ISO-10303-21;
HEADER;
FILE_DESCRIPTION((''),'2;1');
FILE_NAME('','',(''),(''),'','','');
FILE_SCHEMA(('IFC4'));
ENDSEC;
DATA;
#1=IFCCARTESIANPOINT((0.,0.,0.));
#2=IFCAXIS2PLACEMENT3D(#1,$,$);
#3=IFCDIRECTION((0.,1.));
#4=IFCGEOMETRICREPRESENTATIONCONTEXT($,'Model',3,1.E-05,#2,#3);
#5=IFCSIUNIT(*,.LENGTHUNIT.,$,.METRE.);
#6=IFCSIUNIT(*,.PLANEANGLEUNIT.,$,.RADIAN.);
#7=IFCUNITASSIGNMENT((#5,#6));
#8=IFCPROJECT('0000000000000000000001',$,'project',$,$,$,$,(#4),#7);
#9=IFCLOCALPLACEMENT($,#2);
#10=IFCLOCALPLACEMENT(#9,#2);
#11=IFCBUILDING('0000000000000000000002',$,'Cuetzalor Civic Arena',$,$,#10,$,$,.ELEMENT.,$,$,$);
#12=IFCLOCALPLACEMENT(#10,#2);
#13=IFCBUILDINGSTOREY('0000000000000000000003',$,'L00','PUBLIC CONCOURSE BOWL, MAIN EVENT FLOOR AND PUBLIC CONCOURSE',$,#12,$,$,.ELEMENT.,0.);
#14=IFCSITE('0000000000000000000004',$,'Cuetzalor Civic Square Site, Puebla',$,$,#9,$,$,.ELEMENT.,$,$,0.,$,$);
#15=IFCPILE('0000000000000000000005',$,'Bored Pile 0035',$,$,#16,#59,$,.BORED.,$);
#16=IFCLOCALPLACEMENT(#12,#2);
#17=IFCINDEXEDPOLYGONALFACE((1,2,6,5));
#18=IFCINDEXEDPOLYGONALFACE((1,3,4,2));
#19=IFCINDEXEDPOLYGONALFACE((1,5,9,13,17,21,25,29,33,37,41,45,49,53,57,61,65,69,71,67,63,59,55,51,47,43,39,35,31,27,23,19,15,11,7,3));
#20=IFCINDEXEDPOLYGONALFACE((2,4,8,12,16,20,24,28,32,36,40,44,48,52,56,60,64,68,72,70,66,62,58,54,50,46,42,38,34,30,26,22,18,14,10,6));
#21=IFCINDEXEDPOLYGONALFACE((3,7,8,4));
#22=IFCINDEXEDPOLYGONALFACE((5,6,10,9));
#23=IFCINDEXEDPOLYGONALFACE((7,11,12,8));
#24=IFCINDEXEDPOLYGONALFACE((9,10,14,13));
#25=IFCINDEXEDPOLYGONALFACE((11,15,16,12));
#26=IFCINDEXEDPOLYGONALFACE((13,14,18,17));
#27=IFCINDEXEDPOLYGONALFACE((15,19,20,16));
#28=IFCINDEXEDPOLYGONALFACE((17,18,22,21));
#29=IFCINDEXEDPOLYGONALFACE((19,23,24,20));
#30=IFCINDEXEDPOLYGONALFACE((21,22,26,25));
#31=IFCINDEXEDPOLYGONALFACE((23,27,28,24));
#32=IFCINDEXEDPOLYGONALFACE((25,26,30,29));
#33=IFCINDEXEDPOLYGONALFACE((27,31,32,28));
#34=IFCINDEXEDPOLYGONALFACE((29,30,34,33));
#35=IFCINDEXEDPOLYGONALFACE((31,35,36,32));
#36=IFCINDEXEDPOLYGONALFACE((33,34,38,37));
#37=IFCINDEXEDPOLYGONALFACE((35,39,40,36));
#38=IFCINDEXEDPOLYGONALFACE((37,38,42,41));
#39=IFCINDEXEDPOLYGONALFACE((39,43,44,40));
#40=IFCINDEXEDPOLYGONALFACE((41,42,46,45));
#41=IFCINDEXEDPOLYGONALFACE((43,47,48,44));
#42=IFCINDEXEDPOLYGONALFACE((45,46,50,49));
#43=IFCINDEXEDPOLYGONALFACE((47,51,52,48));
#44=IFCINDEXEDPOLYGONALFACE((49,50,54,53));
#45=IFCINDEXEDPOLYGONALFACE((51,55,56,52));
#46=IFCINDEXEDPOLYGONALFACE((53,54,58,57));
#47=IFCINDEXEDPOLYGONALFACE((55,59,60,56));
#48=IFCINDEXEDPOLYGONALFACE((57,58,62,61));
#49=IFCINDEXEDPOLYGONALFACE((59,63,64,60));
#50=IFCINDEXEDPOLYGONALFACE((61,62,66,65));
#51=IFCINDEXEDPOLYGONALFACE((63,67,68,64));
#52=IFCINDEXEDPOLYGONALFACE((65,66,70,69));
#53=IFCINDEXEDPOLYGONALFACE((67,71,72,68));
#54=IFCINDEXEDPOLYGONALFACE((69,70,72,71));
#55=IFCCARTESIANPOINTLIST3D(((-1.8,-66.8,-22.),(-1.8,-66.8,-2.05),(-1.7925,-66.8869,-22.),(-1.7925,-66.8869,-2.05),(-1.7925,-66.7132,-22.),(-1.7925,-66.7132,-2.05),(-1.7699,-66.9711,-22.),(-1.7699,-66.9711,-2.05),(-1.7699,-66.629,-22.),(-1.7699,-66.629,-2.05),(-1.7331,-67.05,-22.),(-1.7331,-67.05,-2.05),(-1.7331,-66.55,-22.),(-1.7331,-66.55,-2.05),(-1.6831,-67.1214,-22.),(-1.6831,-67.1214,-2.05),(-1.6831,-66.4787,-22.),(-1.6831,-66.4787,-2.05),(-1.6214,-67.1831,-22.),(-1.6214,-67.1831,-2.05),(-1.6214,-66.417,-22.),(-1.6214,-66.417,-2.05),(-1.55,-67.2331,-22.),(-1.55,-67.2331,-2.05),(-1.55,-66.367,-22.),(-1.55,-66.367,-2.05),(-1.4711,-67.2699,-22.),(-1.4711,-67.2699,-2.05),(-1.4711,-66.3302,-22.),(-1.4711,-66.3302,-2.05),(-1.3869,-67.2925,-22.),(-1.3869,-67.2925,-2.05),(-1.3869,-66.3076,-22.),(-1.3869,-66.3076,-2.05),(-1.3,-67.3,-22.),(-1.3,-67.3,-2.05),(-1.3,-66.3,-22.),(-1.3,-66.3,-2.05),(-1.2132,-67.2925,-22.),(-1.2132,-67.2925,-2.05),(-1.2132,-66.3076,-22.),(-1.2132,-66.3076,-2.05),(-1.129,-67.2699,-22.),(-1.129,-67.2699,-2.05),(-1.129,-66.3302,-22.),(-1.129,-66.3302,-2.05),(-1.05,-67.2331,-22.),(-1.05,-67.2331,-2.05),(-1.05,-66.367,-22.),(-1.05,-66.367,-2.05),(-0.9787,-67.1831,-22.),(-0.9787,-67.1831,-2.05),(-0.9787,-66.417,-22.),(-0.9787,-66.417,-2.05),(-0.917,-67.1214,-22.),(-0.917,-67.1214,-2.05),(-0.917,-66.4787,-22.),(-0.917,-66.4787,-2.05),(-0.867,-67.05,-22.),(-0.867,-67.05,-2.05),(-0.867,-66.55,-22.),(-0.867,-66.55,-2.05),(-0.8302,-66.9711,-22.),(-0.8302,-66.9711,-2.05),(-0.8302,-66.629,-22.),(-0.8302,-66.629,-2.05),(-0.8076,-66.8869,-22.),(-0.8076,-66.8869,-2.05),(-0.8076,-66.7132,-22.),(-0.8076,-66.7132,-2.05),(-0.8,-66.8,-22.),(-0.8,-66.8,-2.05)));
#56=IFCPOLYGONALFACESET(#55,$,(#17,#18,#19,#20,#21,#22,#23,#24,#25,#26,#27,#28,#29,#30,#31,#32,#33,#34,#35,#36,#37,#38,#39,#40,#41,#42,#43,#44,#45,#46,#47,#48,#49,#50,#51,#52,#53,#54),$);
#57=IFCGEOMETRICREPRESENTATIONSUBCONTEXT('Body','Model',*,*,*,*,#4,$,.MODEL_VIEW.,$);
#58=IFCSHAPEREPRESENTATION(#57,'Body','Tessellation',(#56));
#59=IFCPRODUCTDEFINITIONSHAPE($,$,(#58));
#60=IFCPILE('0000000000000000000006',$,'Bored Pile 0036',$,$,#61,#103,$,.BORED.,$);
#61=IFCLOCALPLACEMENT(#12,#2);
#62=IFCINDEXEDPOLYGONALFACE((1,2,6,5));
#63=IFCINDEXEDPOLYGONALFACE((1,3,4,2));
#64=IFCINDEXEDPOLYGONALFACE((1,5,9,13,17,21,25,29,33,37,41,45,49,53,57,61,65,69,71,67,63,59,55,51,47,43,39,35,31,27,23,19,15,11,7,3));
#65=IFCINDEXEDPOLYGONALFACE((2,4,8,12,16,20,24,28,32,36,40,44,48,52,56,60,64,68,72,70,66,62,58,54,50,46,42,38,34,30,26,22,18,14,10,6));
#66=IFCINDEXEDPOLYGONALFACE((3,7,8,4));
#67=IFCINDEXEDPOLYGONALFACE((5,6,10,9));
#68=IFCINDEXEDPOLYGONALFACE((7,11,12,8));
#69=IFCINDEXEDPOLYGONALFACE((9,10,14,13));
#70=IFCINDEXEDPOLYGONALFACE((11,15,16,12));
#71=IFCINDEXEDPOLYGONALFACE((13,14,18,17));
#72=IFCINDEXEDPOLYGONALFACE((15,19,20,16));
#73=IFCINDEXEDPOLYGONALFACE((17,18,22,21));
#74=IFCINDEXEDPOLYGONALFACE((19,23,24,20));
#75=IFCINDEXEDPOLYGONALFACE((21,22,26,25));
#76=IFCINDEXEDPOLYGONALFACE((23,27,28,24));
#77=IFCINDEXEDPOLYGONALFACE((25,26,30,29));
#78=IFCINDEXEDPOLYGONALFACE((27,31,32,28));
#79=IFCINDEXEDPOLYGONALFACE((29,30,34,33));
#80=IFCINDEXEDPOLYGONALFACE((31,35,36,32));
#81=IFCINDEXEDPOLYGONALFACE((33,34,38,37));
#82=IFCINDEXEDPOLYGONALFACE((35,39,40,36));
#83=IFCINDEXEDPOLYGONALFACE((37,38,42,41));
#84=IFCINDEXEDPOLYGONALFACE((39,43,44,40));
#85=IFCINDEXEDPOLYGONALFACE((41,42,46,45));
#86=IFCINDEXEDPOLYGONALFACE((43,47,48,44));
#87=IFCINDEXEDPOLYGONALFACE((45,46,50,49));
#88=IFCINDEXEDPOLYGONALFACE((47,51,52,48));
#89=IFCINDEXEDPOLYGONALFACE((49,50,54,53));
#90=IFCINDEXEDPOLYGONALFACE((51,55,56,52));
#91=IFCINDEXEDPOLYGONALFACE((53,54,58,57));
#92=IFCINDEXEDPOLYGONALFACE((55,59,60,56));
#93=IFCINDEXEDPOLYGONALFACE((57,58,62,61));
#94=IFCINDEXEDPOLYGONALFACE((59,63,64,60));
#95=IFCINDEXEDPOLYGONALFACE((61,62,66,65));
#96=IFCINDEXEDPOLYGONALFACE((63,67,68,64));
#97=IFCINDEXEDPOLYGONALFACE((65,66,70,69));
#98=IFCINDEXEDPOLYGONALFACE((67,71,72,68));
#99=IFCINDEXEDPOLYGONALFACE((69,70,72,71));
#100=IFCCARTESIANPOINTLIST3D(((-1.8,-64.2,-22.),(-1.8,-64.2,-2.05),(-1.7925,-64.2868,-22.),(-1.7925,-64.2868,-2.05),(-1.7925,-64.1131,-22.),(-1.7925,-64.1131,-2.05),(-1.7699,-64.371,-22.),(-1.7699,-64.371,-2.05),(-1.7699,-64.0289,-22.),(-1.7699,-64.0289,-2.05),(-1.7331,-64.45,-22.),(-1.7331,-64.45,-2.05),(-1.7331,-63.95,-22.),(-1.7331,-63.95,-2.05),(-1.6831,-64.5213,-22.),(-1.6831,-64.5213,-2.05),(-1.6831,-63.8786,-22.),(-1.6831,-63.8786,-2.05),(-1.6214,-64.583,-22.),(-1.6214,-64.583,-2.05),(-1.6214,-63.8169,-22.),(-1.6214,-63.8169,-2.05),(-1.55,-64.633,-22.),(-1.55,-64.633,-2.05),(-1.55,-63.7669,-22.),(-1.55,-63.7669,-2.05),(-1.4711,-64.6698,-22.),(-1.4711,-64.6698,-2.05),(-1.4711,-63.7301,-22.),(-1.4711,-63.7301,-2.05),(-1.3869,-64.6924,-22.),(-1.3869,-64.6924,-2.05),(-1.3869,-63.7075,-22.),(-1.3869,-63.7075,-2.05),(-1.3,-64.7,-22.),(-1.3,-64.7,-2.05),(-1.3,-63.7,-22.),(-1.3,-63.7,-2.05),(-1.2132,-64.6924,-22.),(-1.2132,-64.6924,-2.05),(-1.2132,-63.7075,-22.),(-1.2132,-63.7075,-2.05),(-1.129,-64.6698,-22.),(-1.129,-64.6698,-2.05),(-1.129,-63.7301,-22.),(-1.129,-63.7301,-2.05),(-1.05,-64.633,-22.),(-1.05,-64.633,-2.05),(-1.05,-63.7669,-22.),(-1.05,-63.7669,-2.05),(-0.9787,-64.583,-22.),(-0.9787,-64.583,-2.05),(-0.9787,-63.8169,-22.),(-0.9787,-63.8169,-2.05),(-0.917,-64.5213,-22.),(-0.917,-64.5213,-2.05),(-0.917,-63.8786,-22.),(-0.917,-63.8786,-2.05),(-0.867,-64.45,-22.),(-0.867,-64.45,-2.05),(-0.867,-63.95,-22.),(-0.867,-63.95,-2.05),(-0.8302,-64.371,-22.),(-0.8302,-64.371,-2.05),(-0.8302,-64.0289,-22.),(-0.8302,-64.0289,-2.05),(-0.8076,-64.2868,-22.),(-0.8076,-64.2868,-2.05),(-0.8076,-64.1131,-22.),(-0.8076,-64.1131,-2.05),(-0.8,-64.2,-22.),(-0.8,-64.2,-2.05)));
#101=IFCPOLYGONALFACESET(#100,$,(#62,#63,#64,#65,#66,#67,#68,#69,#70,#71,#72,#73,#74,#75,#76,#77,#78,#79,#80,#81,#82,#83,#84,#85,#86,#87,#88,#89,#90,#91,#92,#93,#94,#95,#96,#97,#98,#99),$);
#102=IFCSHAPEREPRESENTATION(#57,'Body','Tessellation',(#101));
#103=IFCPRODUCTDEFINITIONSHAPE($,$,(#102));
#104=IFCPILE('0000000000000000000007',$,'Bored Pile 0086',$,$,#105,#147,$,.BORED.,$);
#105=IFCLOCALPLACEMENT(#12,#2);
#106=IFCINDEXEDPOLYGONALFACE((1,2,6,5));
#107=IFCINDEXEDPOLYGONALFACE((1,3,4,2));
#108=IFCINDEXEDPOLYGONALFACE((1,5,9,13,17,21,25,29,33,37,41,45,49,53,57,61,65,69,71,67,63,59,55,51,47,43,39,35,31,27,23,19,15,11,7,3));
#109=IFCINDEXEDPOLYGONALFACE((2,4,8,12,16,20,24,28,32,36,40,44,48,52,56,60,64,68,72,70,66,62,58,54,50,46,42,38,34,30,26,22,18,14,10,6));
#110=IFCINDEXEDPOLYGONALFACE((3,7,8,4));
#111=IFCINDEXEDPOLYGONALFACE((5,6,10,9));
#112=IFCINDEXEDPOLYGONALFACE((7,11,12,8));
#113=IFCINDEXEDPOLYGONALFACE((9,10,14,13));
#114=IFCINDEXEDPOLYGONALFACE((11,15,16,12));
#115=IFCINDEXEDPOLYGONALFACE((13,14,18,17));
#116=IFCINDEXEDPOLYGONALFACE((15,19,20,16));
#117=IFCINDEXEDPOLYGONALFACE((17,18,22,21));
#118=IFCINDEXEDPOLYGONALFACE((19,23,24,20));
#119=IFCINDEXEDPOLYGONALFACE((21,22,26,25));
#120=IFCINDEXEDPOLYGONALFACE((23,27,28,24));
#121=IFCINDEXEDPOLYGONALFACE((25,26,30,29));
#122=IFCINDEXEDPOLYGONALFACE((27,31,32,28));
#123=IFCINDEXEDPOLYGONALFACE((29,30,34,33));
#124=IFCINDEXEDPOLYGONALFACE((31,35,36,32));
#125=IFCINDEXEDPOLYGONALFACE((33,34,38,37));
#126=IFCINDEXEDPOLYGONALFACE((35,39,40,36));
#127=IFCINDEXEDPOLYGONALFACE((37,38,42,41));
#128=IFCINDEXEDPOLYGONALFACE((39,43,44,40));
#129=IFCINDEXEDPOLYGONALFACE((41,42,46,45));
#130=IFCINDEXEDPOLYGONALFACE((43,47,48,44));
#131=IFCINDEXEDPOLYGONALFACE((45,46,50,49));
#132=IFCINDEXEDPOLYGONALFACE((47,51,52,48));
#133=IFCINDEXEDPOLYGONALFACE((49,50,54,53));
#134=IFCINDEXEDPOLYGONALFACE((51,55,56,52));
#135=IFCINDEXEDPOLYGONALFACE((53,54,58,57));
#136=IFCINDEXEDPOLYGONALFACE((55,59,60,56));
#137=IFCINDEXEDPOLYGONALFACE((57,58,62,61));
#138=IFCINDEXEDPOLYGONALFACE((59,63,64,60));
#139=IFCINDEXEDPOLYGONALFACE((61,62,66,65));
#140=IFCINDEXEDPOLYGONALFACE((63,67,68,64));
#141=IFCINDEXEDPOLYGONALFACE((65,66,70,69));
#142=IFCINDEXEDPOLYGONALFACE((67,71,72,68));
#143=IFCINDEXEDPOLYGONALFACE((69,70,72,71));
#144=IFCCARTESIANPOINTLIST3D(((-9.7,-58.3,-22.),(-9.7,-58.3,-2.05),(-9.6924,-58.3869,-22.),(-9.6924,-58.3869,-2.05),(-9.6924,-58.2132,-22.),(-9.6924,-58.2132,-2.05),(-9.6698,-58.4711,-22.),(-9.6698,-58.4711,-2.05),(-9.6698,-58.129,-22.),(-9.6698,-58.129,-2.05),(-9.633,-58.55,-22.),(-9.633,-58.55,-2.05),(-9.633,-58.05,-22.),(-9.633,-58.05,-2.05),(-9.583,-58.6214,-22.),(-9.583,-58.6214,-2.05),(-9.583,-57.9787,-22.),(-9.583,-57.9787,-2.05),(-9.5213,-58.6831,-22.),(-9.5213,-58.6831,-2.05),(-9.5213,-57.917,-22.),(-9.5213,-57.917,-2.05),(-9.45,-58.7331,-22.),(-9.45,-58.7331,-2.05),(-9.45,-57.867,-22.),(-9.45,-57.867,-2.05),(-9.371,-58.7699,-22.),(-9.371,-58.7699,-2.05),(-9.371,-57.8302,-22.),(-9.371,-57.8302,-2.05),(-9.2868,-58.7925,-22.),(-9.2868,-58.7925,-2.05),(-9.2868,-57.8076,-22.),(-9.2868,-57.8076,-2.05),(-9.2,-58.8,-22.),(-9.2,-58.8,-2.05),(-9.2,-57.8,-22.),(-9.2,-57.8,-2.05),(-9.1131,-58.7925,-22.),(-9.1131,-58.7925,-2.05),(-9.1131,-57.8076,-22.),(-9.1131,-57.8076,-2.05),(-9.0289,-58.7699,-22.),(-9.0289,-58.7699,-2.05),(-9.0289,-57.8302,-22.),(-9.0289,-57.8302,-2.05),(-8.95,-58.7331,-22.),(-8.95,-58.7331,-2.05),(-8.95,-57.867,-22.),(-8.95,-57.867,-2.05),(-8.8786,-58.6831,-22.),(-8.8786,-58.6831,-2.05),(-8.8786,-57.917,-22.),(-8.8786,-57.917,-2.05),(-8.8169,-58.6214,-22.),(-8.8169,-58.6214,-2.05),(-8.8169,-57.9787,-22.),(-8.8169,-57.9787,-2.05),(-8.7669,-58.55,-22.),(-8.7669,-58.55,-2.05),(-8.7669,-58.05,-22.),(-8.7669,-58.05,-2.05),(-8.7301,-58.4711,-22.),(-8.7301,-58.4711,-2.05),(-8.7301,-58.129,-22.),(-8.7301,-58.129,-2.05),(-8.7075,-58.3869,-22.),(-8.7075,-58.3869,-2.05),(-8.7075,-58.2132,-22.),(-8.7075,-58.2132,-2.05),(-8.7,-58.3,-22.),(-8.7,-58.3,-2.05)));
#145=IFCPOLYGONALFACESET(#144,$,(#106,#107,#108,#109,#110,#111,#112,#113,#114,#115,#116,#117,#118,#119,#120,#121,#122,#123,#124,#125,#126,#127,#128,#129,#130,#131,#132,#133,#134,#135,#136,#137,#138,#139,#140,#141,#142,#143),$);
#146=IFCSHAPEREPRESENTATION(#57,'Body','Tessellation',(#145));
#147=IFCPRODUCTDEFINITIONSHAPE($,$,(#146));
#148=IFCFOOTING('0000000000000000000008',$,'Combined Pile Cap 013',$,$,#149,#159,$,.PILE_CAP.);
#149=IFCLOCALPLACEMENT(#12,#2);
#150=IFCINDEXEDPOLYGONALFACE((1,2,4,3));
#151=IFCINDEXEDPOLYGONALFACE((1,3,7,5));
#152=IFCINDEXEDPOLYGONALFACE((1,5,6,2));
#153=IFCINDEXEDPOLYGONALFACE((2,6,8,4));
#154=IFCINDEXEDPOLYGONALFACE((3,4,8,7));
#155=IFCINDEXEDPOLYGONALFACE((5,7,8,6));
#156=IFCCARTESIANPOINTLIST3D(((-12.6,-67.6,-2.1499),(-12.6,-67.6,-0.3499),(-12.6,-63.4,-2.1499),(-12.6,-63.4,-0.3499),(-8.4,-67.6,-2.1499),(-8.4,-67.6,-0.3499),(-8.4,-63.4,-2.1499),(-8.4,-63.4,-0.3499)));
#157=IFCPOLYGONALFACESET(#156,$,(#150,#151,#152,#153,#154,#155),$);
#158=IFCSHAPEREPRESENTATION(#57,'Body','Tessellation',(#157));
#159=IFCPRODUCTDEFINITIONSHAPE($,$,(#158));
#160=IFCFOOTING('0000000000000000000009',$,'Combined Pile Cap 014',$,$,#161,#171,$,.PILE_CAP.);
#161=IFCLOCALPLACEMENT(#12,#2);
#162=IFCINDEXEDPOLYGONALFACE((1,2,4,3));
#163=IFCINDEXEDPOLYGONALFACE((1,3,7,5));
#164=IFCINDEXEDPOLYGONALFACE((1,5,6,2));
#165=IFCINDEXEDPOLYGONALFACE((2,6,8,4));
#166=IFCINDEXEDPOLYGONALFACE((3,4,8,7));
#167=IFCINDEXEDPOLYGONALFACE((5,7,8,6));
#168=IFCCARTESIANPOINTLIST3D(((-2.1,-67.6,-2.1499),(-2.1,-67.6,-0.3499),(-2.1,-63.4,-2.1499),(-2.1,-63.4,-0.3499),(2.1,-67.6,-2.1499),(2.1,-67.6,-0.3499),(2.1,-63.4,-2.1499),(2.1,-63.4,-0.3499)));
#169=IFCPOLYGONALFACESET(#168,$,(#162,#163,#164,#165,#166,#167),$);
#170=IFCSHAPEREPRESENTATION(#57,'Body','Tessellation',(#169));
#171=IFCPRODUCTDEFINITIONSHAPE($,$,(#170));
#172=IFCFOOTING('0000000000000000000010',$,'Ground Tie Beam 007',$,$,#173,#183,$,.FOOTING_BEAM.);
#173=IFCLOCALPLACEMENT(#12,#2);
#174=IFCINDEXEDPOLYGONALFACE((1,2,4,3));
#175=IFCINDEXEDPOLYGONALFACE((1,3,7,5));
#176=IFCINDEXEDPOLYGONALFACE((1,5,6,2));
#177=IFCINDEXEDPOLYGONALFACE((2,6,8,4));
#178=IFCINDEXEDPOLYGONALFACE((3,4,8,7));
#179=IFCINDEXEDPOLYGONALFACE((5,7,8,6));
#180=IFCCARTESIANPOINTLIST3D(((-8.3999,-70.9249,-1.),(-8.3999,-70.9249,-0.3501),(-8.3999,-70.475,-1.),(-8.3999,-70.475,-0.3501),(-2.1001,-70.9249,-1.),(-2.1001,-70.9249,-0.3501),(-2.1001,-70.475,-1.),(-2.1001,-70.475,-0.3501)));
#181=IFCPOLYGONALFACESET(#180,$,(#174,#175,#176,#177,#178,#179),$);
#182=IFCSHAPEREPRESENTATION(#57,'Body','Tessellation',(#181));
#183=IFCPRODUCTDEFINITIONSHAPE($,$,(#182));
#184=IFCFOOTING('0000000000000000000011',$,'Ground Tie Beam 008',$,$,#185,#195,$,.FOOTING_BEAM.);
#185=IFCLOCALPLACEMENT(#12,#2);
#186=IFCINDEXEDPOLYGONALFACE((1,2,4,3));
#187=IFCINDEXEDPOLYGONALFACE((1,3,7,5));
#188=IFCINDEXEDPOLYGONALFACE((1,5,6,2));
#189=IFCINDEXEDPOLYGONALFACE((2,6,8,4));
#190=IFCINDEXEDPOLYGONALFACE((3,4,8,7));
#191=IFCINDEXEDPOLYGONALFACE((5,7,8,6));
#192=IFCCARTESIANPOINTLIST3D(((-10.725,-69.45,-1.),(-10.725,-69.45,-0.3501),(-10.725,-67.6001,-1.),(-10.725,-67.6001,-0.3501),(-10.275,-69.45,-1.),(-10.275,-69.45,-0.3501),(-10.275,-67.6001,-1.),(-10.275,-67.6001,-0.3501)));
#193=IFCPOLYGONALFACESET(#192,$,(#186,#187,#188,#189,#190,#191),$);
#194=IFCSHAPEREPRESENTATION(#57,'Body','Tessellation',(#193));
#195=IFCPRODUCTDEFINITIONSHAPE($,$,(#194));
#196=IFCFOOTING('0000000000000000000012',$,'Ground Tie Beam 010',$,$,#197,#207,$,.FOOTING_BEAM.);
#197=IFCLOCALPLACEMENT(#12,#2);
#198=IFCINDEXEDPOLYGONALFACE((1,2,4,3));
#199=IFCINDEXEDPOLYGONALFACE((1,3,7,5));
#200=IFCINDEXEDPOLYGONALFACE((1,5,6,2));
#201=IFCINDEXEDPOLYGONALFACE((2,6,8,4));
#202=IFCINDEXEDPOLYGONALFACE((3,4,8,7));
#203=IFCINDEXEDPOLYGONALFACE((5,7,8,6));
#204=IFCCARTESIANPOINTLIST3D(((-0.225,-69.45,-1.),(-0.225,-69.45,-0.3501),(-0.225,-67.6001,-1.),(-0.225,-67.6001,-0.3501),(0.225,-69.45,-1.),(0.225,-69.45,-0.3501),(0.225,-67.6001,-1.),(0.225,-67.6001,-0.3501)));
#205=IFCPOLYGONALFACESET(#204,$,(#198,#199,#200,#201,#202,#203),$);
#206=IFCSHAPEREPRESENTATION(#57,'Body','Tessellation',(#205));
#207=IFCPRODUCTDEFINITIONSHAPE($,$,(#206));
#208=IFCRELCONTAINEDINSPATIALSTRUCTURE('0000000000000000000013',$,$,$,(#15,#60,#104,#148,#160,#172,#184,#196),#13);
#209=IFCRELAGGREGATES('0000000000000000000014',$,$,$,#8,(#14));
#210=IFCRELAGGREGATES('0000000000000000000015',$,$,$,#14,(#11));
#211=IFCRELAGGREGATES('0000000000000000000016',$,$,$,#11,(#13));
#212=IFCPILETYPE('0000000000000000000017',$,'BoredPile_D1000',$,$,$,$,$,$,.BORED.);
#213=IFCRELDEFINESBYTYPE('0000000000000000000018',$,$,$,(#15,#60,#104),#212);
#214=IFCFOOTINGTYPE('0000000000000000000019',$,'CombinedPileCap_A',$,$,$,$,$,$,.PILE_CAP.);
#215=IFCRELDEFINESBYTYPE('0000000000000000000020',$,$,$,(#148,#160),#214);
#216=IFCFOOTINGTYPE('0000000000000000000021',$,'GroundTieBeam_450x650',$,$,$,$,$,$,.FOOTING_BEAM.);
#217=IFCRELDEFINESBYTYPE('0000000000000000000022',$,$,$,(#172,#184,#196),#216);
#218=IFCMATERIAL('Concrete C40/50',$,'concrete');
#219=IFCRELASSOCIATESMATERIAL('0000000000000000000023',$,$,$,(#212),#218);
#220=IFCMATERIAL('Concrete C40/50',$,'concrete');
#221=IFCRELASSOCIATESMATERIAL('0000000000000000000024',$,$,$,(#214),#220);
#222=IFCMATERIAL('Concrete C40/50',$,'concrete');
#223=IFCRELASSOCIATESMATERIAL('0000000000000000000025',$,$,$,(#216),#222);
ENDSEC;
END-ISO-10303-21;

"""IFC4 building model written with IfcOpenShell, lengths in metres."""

from ifc_helpers import new_model, si_unit, direction, frame, origin, origin_2d, place, context, subcontext, project, spatial, rectangle, circle, extrude, material, material_profile, profile_set, type_object, element, save


model = new_model("IFC4")

# Units and contexts
model_context = context("Model", 3, precision=1e-05, world=origin(), true_north=direction((0.0, 1.0)))
body_context = subcontext(model_context, "Body", "Model", "MODEL_VIEW")
ifc_project = project(units=[si_unit("LENGTHUNIT", "METRE"), si_unit("PLANEANGLEUNIT", "RADIAN")], contexts=[model_context])

# Site, building, storey
site_placement = place(None, origin())
site = spatial("IfcSite", under=ifc_project, at=site_placement, Name="Cuetzalor Civic Square Site, Puebla", CompositionType="ELEMENT", RefElevation=0.0)
building_placement = place(site_placement, origin())
building = spatial("IfcBuilding", under=site, at=building_placement, Name="Cuetzalor Civic Arena", CompositionType="ELEMENT")
storey_placement = place(building_placement, origin())
storey = spatial("IfcBuildingStorey", under=building, at=storey_placement, Name="L00", Description="PUBLIC CONCOURSE BOWL, MAIN EVENT FLOOR AND PUBLIC CONCOURSE", CompositionType="ELEMENT", Elevation=0.0)

# Piles
ifc_material_1 = material(Name="Concrete C40/50", Category="concrete")
ifc_material_profile_1 = material_profile(ifc_material_1, circle(Radius=0.5, at=origin_2d()), Name="BORED PILE D1000")
ifc_profile_set_1 = profile_set([ifc_material_profile_1], Name="Concrete C40/50")
pile_type = type_object("IfcPileType", Name="BoredPile_D1000", PredefinedType="BORED", material=ifc_profile_set_1)
for number, where, z_axis, x_axis, name in (
    (1, (-1.3, -66.8, -2.05), (0.0, 0.0, -1.0), (1.0, 0.0, 0.0), "Bored Pile 0035"),
    (2, (-1.3, -64.2, -2.05), (0.0, 0.0, -1.0), (1.0, 0.0, 0.0), "Bored Pile 0036"),
    (3, (-9.2, -58.3, -2.05), (0.0, 0.0, -1.0), (1.0, 0.0, 0.0), "Bored Pile 0086"),
):
    element("IfcPile", number, at=place(storey_placement, frame(where, z_axis=z_axis, x_axis=x_axis)), inside=storey, type_object=pile_type, Name=name, PredefinedType="BORED", context=body_context, shape_type="SweptSolid", body=[
        extrude(circle(Radius=0.5, at=origin_2d()), origin(), (0.0, 0.0, 1.0), 19.95),
    ])

# Footings
ifc_material_2 = material(Name="Concrete C40/50", Category="concrete")
footing_type_1 = type_object("IfcFootingType", Name="CombinedPileCap_A", PredefinedType="PILE_CAP", material=ifc_material_2)
for number, where, z_axis, x_axis, name in (
    (4, (-10.5, -65.5, -2.1499), (0.0, 0.0, 1.0), (1.0, 0.0, 0.0), "Combined Pile Cap 013"),
    (5, (0.0, -65.5, -2.1499), (0.0, 0.0, 1.0), (1.0, 0.0, 0.0), "Combined Pile Cap 014"),
):
    element("IfcFooting", number, at=place(storey_placement, frame(where, z_axis=z_axis, x_axis=x_axis)), inside=storey, type_object=footing_type_1, Name=name, PredefinedType="PILE_CAP", context=body_context, shape_type="SweptSolid", body=[
        extrude(rectangle(XDim=4.2, YDim=4.2, at=origin_2d()), origin(), (0.0, 0.0, 1.0), 1.8),
    ])
ifc_material_3 = material(Name="Concrete C40/50", Category="concrete")
ifc_material_profile_2 = material_profile(ifc_material_3, rectangle(XDim=0.45, YDim=0.6499, at=origin_2d()), Name="RC 450x650")
ifc_profile_set_2 = profile_set([ifc_material_profile_2], Name="Concrete C40/50")
footing_type_2 = type_object("IfcFootingType", Name="GroundTieBeam_450x650", PredefinedType="FOOTING_BEAM", material=ifc_profile_set_2)
footing_1_placement = place(storey_placement, frame((-8.3999, -70.7, -0.675), z_axis=(1.0, 0.0, 0.0), x_axis=(0.0, 1.0, 0.0)))
element("IfcFooting", 6, at=footing_1_placement, inside=storey, type_object=footing_type_2, Name="Ground Tie Beam 007", PredefinedType="FOOTING_BEAM", context=body_context, shape_type="SweptSolid", body=[
    extrude(rectangle(XDim=0.45, YDim=0.6499, at=origin_2d()), origin(), (0.0, 0.0, 1.0), 6.2998),
])
for number, where, z_axis, x_axis, name in (
    (7, (-10.5, -69.45, -0.675), (0.0, 1.0, 0.0), (-1.0, 0.0, 0.0), "Ground Tie Beam 008"),
    (8, (0.0, -69.45, -0.675), (0.0, 1.0, 0.0), (-1.0, 0.0, 0.0), "Ground Tie Beam 010"),
):
    element("IfcFooting", number, at=place(storey_placement, frame(where, z_axis=z_axis, x_axis=x_axis)), inside=storey, type_object=footing_type_2, Name=name, PredefinedType="FOOTING_BEAM", context=body_context, shape_type="SweptSolid", body=[
        extrude(rectangle(XDim=0.45, YDim=0.6499, at=origin_2d()), origin(), (0.0, 0.0, 1.0), 1.8499),
    ])

save(model, "model.ifc")
